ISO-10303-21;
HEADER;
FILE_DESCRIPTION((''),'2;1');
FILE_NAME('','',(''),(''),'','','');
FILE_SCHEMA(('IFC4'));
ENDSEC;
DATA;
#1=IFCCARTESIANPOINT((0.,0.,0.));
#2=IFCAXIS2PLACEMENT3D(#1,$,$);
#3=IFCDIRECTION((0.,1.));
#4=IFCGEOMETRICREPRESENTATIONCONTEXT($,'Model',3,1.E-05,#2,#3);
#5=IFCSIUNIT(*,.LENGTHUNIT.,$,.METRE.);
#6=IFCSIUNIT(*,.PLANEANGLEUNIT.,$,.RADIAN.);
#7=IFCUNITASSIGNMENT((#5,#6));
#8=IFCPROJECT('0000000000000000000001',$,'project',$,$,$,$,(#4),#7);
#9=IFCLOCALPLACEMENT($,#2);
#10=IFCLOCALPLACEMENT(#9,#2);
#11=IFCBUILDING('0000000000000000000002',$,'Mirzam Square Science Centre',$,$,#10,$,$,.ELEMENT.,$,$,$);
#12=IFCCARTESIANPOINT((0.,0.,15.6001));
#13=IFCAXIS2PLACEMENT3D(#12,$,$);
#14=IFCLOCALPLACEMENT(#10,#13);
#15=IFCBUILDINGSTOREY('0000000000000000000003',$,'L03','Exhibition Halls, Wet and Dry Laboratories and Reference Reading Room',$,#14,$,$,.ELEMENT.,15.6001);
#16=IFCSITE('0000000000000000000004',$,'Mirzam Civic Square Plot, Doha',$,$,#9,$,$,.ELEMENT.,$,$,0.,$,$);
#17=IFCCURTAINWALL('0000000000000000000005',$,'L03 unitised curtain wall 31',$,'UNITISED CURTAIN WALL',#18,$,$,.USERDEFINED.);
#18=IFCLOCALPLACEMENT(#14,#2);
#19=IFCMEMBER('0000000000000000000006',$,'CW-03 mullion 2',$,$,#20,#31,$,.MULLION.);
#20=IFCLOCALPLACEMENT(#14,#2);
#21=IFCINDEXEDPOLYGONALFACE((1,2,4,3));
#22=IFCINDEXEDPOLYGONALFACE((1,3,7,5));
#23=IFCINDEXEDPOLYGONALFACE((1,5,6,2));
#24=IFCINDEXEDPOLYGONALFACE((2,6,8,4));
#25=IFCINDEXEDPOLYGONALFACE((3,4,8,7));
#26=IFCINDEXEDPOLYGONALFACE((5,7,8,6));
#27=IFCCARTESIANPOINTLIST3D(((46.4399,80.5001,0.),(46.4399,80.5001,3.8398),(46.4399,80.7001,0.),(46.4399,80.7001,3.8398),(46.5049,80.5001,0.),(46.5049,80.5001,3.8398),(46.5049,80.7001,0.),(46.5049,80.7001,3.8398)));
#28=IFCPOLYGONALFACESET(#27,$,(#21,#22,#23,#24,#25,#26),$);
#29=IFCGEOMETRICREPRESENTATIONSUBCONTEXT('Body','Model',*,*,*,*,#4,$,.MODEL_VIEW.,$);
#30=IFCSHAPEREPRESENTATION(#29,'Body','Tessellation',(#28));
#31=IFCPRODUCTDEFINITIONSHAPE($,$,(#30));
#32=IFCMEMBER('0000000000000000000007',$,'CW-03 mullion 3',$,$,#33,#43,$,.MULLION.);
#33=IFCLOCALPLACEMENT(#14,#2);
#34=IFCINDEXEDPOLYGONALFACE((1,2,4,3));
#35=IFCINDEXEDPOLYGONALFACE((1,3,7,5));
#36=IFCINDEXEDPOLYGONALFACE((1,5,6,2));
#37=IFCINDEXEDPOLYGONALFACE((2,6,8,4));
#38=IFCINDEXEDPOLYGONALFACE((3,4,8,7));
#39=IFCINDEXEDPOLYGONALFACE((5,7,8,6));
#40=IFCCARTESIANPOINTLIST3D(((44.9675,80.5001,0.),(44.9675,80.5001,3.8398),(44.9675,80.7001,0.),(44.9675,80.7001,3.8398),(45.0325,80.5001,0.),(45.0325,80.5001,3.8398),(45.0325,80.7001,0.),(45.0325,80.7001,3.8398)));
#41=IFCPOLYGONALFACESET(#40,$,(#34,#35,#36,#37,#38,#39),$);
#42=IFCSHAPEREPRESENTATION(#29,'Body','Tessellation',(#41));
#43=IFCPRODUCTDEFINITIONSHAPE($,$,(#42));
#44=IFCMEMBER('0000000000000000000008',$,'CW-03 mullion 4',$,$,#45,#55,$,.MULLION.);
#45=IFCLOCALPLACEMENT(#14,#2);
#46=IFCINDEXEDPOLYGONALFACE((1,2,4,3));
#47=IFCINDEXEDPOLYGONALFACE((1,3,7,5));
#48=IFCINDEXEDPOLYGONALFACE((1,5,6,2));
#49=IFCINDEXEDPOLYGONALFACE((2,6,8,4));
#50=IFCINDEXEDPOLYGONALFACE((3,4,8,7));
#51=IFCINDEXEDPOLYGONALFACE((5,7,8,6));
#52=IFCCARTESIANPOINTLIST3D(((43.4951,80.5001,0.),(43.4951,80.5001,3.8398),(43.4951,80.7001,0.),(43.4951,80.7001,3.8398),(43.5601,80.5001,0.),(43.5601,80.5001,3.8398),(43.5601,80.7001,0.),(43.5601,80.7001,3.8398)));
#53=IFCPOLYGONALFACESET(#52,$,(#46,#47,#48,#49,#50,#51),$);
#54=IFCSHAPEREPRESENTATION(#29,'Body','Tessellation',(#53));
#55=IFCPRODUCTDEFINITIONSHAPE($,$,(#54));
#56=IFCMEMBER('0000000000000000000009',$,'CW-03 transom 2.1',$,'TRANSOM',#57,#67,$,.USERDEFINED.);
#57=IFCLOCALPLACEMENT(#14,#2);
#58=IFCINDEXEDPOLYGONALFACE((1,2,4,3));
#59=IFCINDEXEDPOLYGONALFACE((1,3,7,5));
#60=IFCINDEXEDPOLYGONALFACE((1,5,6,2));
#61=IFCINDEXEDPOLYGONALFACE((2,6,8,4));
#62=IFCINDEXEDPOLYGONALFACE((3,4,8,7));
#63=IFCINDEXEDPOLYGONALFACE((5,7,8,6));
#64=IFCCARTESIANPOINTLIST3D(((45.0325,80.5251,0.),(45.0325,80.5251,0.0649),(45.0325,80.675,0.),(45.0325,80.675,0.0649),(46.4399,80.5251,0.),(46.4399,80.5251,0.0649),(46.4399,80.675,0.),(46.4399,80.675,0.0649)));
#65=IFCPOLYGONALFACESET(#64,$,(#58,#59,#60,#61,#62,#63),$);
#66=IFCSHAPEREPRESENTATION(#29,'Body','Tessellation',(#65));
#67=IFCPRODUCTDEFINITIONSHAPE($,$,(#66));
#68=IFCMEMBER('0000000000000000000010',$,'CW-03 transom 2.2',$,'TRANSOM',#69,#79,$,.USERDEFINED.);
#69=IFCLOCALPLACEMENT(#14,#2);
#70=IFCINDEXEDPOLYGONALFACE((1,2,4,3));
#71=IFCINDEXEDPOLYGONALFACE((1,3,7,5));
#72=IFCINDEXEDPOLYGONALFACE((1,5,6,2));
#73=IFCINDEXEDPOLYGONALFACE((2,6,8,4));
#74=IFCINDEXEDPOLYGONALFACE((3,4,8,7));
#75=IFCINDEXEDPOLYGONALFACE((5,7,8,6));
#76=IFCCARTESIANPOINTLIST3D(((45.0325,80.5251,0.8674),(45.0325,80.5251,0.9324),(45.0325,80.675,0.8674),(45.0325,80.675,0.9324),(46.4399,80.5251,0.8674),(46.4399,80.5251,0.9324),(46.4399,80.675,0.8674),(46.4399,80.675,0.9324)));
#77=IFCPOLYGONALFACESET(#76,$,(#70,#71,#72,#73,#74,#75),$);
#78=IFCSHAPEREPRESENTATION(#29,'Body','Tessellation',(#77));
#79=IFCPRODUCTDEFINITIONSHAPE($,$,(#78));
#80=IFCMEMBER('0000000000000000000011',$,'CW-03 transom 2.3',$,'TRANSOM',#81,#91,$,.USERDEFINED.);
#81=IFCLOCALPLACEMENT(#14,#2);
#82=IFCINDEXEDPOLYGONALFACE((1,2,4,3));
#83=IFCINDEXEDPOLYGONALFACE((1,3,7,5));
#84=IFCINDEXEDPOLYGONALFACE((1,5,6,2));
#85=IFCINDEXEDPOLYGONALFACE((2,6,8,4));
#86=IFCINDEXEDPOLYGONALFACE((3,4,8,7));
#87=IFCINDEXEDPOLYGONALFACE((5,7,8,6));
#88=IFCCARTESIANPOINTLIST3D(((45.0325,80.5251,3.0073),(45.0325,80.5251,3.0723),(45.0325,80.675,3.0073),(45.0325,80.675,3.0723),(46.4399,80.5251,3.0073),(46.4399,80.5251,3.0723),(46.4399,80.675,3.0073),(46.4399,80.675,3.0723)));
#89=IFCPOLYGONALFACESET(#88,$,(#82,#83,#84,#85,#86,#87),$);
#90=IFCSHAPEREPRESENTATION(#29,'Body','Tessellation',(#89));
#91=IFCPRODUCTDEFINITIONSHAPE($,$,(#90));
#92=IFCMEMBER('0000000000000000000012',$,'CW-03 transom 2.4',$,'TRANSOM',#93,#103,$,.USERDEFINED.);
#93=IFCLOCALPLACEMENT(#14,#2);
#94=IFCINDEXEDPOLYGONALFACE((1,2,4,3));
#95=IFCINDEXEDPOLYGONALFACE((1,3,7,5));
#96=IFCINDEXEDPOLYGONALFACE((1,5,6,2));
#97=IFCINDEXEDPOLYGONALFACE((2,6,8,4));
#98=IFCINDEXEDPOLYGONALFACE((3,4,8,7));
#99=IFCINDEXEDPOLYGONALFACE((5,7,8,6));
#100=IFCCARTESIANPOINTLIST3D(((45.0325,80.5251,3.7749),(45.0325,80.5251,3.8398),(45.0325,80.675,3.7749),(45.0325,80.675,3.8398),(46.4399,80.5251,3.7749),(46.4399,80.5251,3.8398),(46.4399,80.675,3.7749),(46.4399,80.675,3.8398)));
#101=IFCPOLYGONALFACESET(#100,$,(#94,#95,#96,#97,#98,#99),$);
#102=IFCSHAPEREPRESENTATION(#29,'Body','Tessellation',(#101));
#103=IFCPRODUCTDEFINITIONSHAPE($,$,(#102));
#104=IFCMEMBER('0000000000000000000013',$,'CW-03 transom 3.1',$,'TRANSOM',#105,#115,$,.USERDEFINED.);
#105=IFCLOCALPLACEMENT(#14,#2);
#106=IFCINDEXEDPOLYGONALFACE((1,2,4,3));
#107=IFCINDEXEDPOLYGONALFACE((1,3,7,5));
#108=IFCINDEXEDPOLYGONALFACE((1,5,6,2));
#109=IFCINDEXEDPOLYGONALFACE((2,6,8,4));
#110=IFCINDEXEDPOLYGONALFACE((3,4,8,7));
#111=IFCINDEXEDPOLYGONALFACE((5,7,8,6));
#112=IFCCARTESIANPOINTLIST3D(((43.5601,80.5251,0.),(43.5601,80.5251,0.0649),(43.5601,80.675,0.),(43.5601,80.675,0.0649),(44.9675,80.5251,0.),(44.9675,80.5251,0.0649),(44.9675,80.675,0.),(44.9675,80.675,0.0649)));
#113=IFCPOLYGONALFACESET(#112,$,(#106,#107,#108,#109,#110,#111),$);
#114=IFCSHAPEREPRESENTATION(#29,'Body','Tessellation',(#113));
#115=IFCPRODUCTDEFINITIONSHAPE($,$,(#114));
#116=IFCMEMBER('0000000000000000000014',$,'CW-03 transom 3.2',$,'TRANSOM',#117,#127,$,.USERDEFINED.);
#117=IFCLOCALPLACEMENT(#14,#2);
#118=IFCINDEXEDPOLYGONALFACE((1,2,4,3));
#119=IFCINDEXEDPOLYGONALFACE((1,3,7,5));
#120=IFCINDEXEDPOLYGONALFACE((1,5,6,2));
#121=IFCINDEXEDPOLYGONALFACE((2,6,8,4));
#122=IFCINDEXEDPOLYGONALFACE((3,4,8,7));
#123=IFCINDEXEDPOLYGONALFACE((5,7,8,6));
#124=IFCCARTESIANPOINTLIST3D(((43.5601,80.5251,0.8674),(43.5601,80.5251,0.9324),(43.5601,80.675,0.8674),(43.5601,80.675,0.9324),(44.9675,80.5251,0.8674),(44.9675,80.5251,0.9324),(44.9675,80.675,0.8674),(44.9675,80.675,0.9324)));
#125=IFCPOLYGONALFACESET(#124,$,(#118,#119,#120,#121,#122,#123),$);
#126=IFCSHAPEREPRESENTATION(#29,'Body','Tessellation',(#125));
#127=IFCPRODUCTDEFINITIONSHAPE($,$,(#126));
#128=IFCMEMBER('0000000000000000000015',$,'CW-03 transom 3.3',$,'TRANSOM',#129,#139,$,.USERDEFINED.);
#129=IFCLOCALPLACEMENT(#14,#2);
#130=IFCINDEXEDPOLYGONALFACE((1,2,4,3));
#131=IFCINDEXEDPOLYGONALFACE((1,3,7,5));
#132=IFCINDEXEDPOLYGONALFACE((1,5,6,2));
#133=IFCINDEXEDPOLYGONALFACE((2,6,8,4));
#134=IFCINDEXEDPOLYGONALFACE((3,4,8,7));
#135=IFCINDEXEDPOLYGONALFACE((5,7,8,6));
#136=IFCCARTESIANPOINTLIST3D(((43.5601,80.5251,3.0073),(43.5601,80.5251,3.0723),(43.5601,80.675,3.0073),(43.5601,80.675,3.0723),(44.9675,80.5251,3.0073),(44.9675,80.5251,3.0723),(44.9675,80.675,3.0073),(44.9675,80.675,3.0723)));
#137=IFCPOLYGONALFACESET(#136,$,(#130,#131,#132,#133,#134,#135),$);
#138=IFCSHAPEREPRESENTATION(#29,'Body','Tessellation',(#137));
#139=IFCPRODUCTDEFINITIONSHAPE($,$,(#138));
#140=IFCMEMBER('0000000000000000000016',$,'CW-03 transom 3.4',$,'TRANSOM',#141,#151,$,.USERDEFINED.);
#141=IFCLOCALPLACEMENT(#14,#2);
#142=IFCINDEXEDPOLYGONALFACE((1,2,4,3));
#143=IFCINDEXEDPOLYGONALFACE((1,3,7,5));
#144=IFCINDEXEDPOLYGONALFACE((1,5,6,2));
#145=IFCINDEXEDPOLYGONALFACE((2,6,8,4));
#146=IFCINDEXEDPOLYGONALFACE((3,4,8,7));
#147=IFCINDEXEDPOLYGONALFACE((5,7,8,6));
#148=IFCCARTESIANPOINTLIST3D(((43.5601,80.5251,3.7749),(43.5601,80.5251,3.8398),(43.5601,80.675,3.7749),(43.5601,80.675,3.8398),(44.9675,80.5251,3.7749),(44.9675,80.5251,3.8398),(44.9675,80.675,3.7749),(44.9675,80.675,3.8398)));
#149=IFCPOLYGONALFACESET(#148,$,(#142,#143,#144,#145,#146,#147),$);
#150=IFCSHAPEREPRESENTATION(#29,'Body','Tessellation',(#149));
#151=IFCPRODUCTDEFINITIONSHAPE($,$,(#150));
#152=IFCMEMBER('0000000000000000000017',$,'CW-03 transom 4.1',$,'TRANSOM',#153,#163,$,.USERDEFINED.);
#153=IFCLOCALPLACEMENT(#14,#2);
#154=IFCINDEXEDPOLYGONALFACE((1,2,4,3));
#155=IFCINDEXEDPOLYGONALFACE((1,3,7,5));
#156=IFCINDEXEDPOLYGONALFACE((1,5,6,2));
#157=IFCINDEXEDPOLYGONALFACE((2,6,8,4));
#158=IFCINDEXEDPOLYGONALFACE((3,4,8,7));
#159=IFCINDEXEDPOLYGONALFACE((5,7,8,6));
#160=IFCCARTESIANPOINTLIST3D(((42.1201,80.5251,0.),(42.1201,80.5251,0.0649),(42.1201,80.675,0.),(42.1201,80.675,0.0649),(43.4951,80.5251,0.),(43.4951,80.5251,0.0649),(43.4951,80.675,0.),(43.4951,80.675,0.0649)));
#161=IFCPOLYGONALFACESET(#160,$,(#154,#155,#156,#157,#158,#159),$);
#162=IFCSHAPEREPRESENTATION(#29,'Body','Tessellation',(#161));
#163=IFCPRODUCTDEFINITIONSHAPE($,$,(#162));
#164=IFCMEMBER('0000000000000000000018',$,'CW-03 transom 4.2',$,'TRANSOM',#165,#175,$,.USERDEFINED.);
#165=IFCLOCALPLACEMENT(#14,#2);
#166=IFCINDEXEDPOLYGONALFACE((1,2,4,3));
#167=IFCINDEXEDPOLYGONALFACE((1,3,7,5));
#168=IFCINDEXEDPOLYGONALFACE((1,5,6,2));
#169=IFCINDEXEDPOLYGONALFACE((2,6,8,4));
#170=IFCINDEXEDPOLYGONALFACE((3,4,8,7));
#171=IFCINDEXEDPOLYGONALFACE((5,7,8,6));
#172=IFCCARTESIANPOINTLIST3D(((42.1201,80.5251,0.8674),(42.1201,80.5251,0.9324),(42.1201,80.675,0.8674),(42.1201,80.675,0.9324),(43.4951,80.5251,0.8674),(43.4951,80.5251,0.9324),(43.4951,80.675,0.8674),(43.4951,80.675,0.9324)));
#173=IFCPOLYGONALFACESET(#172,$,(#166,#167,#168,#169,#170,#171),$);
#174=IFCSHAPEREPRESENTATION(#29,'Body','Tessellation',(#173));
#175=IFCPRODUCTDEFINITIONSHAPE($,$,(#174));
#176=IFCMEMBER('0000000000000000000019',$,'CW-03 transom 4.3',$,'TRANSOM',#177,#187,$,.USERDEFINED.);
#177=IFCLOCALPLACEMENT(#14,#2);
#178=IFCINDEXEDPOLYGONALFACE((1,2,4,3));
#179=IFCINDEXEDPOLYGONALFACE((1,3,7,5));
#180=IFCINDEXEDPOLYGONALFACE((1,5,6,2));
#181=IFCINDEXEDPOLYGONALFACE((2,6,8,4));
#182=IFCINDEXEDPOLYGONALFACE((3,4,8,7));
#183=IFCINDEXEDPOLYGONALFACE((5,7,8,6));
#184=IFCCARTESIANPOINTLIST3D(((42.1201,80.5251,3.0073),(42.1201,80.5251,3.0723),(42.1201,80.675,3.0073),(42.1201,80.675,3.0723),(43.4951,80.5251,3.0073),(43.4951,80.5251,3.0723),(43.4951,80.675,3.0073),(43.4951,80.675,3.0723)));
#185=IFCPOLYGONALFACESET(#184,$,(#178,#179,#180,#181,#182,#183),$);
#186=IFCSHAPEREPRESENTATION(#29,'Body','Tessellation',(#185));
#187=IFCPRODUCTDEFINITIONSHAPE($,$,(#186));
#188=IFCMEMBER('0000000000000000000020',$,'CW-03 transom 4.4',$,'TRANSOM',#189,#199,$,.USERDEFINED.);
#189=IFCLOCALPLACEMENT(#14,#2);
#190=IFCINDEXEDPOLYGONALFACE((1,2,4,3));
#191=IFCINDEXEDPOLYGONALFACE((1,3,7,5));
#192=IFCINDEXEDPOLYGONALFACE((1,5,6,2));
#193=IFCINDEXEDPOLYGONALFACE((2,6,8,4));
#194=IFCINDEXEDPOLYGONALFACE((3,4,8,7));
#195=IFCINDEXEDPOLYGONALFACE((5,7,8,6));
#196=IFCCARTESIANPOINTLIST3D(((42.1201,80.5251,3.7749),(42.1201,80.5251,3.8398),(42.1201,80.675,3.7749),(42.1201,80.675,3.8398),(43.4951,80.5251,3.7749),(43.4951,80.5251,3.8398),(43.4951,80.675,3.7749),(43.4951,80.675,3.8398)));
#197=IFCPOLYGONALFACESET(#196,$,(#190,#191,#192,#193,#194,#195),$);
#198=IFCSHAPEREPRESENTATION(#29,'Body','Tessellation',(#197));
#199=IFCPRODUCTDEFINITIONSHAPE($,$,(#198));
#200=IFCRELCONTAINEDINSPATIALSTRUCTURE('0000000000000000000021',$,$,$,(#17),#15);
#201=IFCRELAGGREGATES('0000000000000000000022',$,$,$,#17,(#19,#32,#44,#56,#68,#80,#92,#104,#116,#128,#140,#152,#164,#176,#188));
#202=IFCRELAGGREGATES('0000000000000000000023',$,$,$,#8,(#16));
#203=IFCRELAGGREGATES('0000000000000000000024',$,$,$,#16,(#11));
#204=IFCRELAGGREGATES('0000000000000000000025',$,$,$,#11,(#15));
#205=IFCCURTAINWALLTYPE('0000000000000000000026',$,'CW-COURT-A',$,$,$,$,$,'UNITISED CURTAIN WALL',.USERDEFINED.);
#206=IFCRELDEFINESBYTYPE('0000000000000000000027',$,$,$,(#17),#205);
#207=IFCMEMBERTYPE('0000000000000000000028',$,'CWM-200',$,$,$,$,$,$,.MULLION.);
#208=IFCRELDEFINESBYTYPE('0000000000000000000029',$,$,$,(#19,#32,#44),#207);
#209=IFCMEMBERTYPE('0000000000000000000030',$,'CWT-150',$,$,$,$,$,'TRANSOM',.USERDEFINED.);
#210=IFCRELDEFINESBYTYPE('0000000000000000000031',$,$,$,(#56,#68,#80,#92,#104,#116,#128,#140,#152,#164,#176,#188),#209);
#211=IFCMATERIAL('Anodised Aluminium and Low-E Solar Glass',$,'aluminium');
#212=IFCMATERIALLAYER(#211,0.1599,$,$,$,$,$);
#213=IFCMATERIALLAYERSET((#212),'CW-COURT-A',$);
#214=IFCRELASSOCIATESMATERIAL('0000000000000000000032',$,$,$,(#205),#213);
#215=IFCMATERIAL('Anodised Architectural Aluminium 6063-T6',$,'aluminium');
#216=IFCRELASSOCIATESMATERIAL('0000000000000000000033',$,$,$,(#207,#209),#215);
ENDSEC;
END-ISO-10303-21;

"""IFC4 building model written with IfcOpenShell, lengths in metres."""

from ifc_helpers import new_model, si_unit, direction, frame, origin, origin_2d, place, context, subcontext, project, spatial, rectangle, extrude, material, layer, layer_set, material_profile, profile_set, type_object, element, aggregate, save


model = new_model("IFC4")

# Units and contexts
model_context = context("Model", 3, precision=1e-05, world=origin(), true_north=direction((0.0, 1.0)))
body_context = subcontext(model_context, "Body", "Model", "MODEL_VIEW")
ifc_project = project(units=[si_unit("LENGTHUNIT", "METRE"), si_unit("PLANEANGLEUNIT", "RADIAN")], contexts=[model_context])

# Site, building, storey
site_placement = place(None, origin())
site = spatial("IfcSite", under=ifc_project, at=site_placement, Name="Mirzam Civic Square Plot, Doha", CompositionType="ELEMENT", RefElevation=0.0)
building_placement = place(site_placement, origin())
building = spatial("IfcBuilding", under=site, at=building_placement, Name="Mirzam Square Science Centre", CompositionType="ELEMENT")
storey_placement = place(building_placement, frame((0.0, 0.0, 15.6001)))
storey = spatial("IfcBuildingStorey", under=building, at=storey_placement, Name="L03", Description="Exhibition Halls, Wet and Dry Laboratories and Reference Reading Room", CompositionType="ELEMENT", Elevation=15.6001)

# Curtain wall, members
ifc_material_1 = material(Name="Anodised Aluminium and Low-E Solar Glass", Category="aluminium")
ifc_layer_1 = layer(ifc_material_1, 0.1599)
ifc_layer_set_1 = layer_set([ifc_layer_1], Name="CW-COURT-A")
curtain_wall_type = type_object("IfcCurtainWallType", Name="CW-COURT-A", ElementType="UNITISED CURTAIN WALL", PredefinedType="USERDEFINED", material=ifc_layer_set_1)
curtain_wall_placement = place(storey_placement, origin())
curtain_wall = element("IfcCurtainWall", 1, at=curtain_wall_placement, inside=storey, type_object=curtain_wall_type, Name="L03 unitised curtain wall 31", ObjectType="UNITISED CURTAIN WALL", PredefinedType="USERDEFINED")
ifc_material_2 = material(Name="Anodised Architectural Aluminium 6063-T6", Category="aluminium")
ifc_material_profile_1 = material_profile(ifc_material_2, rectangle(XDim=0.0649, YDim=0.2, at=origin_2d()), Name="ALU-MULL-200x65x5")
ifc_profile_set_1 = profile_set([ifc_material_profile_1], Name="Anodised Architectural Aluminium 6063-T6")
member_type_1 = type_object("IfcMemberType", Name="CWM-200", PredefinedType="MULLION", material=ifc_profile_set_1)
member_1_placement = place(storey_placement, frame((46.4724, 80.6001, 0.0), z_axis=(0.0, 0.0, 1.0), x_axis=(-1.0, 0.0, 0.0)))
member_1 = element("IfcMember", 2, at=member_1_placement, type_object=member_type_1, Name="CW-03 mullion 2", PredefinedType="MULLION", context=body_context, shape_type="SweptSolid", body=[
    extrude(rectangle(XDim=0.0649, YDim=0.2, at=origin_2d()), origin(), (0.0, 0.0, 1.0), 3.8398),
])
member_2_placement = place(storey_placement, frame((45.0, 80.6001, 0.0), z_axis=(0.0, 0.0, 1.0), x_axis=(-1.0, 0.0, 0.0)))
member_2 = element("IfcMember", 3, at=member_2_placement, type_object=member_type_1, Name="CW-03 mullion 3", PredefinedType="MULLION", context=body_context, shape_type="SweptSolid", body=[
    extrude(rectangle(XDim=0.0649, YDim=0.2, at=origin_2d()), origin(), (0.0, 0.0, 1.0), 3.8398),
])
member_3_placement = place(storey_placement, frame((43.5276, 80.6001, 0.0), z_axis=(0.0, 0.0, 1.0), x_axis=(-1.0, 0.0, 0.0)))
member_3 = element("IfcMember", 4, at=member_3_placement, type_object=member_type_1, Name="CW-03 mullion 4", PredefinedType="MULLION", context=body_context, shape_type="SweptSolid", body=[
    extrude(rectangle(XDim=0.0649, YDim=0.2, at=origin_2d()), origin(), (0.0, 0.0, 1.0), 3.8398),
])
ifc_material_profile_2 = material_profile(ifc_material_2, rectangle(XDim=0.1499, YDim=0.0649, at=origin_2d()), Name="ALU-TRAN-150x65x4")
ifc_profile_set_2 = profile_set([ifc_material_profile_2], Name="Anodised Architectural Aluminium 6063-T6")
member_type_2 = type_object("IfcMemberType", Name="CWT-150", ElementType="TRANSOM", PredefinedType="USERDEFINED", material=ifc_profile_set_2)
member_4_placement = place(storey_placement, frame((46.4399, 80.6001, 0.0325), z_axis=(-1.0, 0.0, 0.0), x_axis=(0.0, -1.0, 0.0)))
member_4 = element("IfcMember", 5, at=member_4_placement, type_object=member_type_2, Name="CW-03 transom 2.1", ObjectType="TRANSOM", PredefinedType="USERDEFINED", context=body_context, shape_type="SweptSolid", body=[
    extrude(rectangle(XDim=0.1499, YDim=0.0649, at=origin_2d()), origin(), (0.0, 0.0, 1.0), 1.4075),
])
member_5_placement = place(storey_placement, frame((46.4399, 80.6001, 0.8999), z_axis=(-1.0, 0.0, 0.0), x_axis=(0.0, -1.0, 0.0)))
member_5 = element("IfcMember", 6, at=member_5_placement, type_object=member_type_2, Name="CW-03 transom 2.2", ObjectType="TRANSOM", PredefinedType="USERDEFINED", context=body_context, shape_type="SweptSolid", body=[
    extrude(rectangle(XDim=0.1499, YDim=0.0649, at=origin_2d()), origin(), (0.0, 0.0, 1.0), 1.4075),
])
member_6_placement = place(storey_placement, frame((46.4399, 80.6001, 3.0398), z_axis=(-1.0, 0.0, 0.0), x_axis=(0.0, -1.0, 0.0)))
member_6 = element("IfcMember", 7, at=member_6_placement, type_object=member_type_2, Name="CW-03 transom 2.3", ObjectType="TRANSOM", PredefinedType="USERDEFINED", context=body_context, shape_type="SweptSolid", body=[
    extrude(rectangle(XDim=0.1499, YDim=0.0649, at=origin_2d()), origin(), (0.0, 0.0, 1.0), 1.4075),
])
member_7_placement = place(storey_placement, frame((46.4399, 80.6001, 3.8074), z_axis=(-1.0, 0.0, 0.0), x_axis=(0.0, -1.0, 0.0)))
member_7 = element("IfcMember", 8, at=member_7_placement, type_object=member_type_2, Name="CW-03 transom 2.4", ObjectType="TRANSOM", PredefinedType="USERDEFINED", context=body_context, shape_type="SweptSolid", body=[
    extrude(rectangle(XDim=0.1499, YDim=0.0649, at=origin_2d()), origin(), (0.0, 0.0, 1.0), 1.4075),
])
member_8_placement = place(storey_placement, frame((44.9675, 80.6001, 0.0325), z_axis=(-1.0, 0.0, 0.0), x_axis=(0.0, -1.0, 0.0)))
member_8 = element("IfcMember", 9, at=member_8_placement, type_object=member_type_2, Name="CW-03 transom 3.1", ObjectType="TRANSOM", PredefinedType="USERDEFINED", context=body_context, shape_type="SweptSolid", body=[
    extrude(rectangle(XDim=0.1499, YDim=0.0649, at=origin_2d()), origin(), (0.0, 0.0, 1.0), 1.4075),
])
member_9_placement = place(storey_placement, frame((44.9675, 80.6001, 0.8999), z_axis=(-1.0, 0.0, 0.0), x_axis=(0.0, -1.0, 0.0)))
member_9 = element("IfcMember", 10, at=member_9_placement, type_object=member_type_2, Name="CW-03 transom 3.2", ObjectType="TRANSOM", PredefinedType="USERDEFINED", context=body_context, shape_type="SweptSolid", body=[
    extrude(rectangle(XDim=0.1499, YDim=0.0649, at=origin_2d()), origin(), (0.0, 0.0, 1.0), 1.4075),
])
member_10_placement = place(storey_placement, frame((44.9675, 80.6001, 3.0398), z_axis=(-1.0, 0.0, 0.0), x_axis=(0.0, -1.0, 0.0)))
member_10 = element("IfcMember", 11, at=member_10_placement, type_object=member_type_2, Name="CW-03 transom 3.3", ObjectType="TRANSOM", PredefinedType="USERDEFINED", context=body_context, shape_type="SweptSolid", body=[
    extrude(rectangle(XDim=0.1499, YDim=0.0649, at=origin_2d()), origin(), (0.0, 0.0, 1.0), 1.4075),
])
member_11_placement = place(storey_placement, frame((44.9675, 80.6001, 3.8074), z_axis=(-1.0, 0.0, 0.0), x_axis=(0.0, -1.0, 0.0)))
member_11 = element("IfcMember", 12, at=member_11_placement, type_object=member_type_2, Name="CW-03 transom 3.4", ObjectType="TRANSOM", PredefinedType="USERDEFINED", context=body_context, shape_type="SweptSolid", body=[
    extrude(rectangle(XDim=0.1499, YDim=0.0649, at=origin_2d()), origin(), (0.0, 0.0, 1.0), 1.4075),
])
member_12_placement = place(storey_placement, frame((43.4951, 80.6001, 0.0325), z_axis=(-1.0, 0.0, 0.0), x_axis=(0.0, -1.0, 0.0)))
member_12 = element("IfcMember", 13, at=member_12_placement, type_object=member_type_2, Name="CW-03 transom 4.1", ObjectType="TRANSOM", PredefinedType="USERDEFINED", context=body_context, shape_type="SweptSolid", body=[
    extrude(rectangle(XDim=0.1499, YDim=0.0649, at=origin_2d()), origin(), (0.0, 0.0, 1.0), 1.375),
])
member_13_placement = place(storey_placement, frame((43.4951, 80.6001, 0.8999), z_axis=(-1.0, 0.0, 0.0), x_axis=(0.0, -1.0, 0.0)))
member_13 = element("IfcMember", 14, at=member_13_placement, type_object=member_type_2, Name="CW-03 transom 4.2", ObjectType="TRANSOM", PredefinedType="USERDEFINED", context=body_context, shape_type="SweptSolid", body=[
    extrude(rectangle(XDim=0.1499, YDim=0.0649, at=origin_2d()), origin(), (0.0, 0.0, 1.0), 1.375),
])
member_14_placement = place(storey_placement, frame((43.4951, 80.6001, 3.0398), z_axis=(-1.0, 0.0, 0.0), x_axis=(0.0, -1.0, 0.0)))
member_14 = element("IfcMember", 15, at=member_14_placement, type_object=member_type_2, Name="CW-03 transom 4.3", ObjectType="TRANSOM", PredefinedType="USERDEFINED", context=body_context, shape_type="SweptSolid", body=[
    extrude(rectangle(XDim=0.1499, YDim=0.0649, at=origin_2d()), origin(), (0.0, 0.0, 1.0), 1.375),
])
member_15_placement = place(storey_placement, frame((43.4951, 80.6001, 3.8074), z_axis=(-1.0, 0.0, 0.0), x_axis=(0.0, -1.0, 0.0)))
member_15 = element("IfcMember", 16, at=member_15_placement, type_object=member_type_2, Name="CW-03 transom 4.4", ObjectType="TRANSOM", PredefinedType="USERDEFINED", context=body_context, shape_type="SweptSolid", body=[
    extrude(rectangle(XDim=0.1499, YDim=0.0649, at=origin_2d()), origin(), (0.0, 0.0, 1.0), 1.375),
])
aggregate(curtain_wall, [member_1, member_2, member_3, member_4, member_5, member_6, member_7, member_8, member_9, member_10, member_11, member_12, member_13, member_14, member_15])

save(model, "model.ifc")
